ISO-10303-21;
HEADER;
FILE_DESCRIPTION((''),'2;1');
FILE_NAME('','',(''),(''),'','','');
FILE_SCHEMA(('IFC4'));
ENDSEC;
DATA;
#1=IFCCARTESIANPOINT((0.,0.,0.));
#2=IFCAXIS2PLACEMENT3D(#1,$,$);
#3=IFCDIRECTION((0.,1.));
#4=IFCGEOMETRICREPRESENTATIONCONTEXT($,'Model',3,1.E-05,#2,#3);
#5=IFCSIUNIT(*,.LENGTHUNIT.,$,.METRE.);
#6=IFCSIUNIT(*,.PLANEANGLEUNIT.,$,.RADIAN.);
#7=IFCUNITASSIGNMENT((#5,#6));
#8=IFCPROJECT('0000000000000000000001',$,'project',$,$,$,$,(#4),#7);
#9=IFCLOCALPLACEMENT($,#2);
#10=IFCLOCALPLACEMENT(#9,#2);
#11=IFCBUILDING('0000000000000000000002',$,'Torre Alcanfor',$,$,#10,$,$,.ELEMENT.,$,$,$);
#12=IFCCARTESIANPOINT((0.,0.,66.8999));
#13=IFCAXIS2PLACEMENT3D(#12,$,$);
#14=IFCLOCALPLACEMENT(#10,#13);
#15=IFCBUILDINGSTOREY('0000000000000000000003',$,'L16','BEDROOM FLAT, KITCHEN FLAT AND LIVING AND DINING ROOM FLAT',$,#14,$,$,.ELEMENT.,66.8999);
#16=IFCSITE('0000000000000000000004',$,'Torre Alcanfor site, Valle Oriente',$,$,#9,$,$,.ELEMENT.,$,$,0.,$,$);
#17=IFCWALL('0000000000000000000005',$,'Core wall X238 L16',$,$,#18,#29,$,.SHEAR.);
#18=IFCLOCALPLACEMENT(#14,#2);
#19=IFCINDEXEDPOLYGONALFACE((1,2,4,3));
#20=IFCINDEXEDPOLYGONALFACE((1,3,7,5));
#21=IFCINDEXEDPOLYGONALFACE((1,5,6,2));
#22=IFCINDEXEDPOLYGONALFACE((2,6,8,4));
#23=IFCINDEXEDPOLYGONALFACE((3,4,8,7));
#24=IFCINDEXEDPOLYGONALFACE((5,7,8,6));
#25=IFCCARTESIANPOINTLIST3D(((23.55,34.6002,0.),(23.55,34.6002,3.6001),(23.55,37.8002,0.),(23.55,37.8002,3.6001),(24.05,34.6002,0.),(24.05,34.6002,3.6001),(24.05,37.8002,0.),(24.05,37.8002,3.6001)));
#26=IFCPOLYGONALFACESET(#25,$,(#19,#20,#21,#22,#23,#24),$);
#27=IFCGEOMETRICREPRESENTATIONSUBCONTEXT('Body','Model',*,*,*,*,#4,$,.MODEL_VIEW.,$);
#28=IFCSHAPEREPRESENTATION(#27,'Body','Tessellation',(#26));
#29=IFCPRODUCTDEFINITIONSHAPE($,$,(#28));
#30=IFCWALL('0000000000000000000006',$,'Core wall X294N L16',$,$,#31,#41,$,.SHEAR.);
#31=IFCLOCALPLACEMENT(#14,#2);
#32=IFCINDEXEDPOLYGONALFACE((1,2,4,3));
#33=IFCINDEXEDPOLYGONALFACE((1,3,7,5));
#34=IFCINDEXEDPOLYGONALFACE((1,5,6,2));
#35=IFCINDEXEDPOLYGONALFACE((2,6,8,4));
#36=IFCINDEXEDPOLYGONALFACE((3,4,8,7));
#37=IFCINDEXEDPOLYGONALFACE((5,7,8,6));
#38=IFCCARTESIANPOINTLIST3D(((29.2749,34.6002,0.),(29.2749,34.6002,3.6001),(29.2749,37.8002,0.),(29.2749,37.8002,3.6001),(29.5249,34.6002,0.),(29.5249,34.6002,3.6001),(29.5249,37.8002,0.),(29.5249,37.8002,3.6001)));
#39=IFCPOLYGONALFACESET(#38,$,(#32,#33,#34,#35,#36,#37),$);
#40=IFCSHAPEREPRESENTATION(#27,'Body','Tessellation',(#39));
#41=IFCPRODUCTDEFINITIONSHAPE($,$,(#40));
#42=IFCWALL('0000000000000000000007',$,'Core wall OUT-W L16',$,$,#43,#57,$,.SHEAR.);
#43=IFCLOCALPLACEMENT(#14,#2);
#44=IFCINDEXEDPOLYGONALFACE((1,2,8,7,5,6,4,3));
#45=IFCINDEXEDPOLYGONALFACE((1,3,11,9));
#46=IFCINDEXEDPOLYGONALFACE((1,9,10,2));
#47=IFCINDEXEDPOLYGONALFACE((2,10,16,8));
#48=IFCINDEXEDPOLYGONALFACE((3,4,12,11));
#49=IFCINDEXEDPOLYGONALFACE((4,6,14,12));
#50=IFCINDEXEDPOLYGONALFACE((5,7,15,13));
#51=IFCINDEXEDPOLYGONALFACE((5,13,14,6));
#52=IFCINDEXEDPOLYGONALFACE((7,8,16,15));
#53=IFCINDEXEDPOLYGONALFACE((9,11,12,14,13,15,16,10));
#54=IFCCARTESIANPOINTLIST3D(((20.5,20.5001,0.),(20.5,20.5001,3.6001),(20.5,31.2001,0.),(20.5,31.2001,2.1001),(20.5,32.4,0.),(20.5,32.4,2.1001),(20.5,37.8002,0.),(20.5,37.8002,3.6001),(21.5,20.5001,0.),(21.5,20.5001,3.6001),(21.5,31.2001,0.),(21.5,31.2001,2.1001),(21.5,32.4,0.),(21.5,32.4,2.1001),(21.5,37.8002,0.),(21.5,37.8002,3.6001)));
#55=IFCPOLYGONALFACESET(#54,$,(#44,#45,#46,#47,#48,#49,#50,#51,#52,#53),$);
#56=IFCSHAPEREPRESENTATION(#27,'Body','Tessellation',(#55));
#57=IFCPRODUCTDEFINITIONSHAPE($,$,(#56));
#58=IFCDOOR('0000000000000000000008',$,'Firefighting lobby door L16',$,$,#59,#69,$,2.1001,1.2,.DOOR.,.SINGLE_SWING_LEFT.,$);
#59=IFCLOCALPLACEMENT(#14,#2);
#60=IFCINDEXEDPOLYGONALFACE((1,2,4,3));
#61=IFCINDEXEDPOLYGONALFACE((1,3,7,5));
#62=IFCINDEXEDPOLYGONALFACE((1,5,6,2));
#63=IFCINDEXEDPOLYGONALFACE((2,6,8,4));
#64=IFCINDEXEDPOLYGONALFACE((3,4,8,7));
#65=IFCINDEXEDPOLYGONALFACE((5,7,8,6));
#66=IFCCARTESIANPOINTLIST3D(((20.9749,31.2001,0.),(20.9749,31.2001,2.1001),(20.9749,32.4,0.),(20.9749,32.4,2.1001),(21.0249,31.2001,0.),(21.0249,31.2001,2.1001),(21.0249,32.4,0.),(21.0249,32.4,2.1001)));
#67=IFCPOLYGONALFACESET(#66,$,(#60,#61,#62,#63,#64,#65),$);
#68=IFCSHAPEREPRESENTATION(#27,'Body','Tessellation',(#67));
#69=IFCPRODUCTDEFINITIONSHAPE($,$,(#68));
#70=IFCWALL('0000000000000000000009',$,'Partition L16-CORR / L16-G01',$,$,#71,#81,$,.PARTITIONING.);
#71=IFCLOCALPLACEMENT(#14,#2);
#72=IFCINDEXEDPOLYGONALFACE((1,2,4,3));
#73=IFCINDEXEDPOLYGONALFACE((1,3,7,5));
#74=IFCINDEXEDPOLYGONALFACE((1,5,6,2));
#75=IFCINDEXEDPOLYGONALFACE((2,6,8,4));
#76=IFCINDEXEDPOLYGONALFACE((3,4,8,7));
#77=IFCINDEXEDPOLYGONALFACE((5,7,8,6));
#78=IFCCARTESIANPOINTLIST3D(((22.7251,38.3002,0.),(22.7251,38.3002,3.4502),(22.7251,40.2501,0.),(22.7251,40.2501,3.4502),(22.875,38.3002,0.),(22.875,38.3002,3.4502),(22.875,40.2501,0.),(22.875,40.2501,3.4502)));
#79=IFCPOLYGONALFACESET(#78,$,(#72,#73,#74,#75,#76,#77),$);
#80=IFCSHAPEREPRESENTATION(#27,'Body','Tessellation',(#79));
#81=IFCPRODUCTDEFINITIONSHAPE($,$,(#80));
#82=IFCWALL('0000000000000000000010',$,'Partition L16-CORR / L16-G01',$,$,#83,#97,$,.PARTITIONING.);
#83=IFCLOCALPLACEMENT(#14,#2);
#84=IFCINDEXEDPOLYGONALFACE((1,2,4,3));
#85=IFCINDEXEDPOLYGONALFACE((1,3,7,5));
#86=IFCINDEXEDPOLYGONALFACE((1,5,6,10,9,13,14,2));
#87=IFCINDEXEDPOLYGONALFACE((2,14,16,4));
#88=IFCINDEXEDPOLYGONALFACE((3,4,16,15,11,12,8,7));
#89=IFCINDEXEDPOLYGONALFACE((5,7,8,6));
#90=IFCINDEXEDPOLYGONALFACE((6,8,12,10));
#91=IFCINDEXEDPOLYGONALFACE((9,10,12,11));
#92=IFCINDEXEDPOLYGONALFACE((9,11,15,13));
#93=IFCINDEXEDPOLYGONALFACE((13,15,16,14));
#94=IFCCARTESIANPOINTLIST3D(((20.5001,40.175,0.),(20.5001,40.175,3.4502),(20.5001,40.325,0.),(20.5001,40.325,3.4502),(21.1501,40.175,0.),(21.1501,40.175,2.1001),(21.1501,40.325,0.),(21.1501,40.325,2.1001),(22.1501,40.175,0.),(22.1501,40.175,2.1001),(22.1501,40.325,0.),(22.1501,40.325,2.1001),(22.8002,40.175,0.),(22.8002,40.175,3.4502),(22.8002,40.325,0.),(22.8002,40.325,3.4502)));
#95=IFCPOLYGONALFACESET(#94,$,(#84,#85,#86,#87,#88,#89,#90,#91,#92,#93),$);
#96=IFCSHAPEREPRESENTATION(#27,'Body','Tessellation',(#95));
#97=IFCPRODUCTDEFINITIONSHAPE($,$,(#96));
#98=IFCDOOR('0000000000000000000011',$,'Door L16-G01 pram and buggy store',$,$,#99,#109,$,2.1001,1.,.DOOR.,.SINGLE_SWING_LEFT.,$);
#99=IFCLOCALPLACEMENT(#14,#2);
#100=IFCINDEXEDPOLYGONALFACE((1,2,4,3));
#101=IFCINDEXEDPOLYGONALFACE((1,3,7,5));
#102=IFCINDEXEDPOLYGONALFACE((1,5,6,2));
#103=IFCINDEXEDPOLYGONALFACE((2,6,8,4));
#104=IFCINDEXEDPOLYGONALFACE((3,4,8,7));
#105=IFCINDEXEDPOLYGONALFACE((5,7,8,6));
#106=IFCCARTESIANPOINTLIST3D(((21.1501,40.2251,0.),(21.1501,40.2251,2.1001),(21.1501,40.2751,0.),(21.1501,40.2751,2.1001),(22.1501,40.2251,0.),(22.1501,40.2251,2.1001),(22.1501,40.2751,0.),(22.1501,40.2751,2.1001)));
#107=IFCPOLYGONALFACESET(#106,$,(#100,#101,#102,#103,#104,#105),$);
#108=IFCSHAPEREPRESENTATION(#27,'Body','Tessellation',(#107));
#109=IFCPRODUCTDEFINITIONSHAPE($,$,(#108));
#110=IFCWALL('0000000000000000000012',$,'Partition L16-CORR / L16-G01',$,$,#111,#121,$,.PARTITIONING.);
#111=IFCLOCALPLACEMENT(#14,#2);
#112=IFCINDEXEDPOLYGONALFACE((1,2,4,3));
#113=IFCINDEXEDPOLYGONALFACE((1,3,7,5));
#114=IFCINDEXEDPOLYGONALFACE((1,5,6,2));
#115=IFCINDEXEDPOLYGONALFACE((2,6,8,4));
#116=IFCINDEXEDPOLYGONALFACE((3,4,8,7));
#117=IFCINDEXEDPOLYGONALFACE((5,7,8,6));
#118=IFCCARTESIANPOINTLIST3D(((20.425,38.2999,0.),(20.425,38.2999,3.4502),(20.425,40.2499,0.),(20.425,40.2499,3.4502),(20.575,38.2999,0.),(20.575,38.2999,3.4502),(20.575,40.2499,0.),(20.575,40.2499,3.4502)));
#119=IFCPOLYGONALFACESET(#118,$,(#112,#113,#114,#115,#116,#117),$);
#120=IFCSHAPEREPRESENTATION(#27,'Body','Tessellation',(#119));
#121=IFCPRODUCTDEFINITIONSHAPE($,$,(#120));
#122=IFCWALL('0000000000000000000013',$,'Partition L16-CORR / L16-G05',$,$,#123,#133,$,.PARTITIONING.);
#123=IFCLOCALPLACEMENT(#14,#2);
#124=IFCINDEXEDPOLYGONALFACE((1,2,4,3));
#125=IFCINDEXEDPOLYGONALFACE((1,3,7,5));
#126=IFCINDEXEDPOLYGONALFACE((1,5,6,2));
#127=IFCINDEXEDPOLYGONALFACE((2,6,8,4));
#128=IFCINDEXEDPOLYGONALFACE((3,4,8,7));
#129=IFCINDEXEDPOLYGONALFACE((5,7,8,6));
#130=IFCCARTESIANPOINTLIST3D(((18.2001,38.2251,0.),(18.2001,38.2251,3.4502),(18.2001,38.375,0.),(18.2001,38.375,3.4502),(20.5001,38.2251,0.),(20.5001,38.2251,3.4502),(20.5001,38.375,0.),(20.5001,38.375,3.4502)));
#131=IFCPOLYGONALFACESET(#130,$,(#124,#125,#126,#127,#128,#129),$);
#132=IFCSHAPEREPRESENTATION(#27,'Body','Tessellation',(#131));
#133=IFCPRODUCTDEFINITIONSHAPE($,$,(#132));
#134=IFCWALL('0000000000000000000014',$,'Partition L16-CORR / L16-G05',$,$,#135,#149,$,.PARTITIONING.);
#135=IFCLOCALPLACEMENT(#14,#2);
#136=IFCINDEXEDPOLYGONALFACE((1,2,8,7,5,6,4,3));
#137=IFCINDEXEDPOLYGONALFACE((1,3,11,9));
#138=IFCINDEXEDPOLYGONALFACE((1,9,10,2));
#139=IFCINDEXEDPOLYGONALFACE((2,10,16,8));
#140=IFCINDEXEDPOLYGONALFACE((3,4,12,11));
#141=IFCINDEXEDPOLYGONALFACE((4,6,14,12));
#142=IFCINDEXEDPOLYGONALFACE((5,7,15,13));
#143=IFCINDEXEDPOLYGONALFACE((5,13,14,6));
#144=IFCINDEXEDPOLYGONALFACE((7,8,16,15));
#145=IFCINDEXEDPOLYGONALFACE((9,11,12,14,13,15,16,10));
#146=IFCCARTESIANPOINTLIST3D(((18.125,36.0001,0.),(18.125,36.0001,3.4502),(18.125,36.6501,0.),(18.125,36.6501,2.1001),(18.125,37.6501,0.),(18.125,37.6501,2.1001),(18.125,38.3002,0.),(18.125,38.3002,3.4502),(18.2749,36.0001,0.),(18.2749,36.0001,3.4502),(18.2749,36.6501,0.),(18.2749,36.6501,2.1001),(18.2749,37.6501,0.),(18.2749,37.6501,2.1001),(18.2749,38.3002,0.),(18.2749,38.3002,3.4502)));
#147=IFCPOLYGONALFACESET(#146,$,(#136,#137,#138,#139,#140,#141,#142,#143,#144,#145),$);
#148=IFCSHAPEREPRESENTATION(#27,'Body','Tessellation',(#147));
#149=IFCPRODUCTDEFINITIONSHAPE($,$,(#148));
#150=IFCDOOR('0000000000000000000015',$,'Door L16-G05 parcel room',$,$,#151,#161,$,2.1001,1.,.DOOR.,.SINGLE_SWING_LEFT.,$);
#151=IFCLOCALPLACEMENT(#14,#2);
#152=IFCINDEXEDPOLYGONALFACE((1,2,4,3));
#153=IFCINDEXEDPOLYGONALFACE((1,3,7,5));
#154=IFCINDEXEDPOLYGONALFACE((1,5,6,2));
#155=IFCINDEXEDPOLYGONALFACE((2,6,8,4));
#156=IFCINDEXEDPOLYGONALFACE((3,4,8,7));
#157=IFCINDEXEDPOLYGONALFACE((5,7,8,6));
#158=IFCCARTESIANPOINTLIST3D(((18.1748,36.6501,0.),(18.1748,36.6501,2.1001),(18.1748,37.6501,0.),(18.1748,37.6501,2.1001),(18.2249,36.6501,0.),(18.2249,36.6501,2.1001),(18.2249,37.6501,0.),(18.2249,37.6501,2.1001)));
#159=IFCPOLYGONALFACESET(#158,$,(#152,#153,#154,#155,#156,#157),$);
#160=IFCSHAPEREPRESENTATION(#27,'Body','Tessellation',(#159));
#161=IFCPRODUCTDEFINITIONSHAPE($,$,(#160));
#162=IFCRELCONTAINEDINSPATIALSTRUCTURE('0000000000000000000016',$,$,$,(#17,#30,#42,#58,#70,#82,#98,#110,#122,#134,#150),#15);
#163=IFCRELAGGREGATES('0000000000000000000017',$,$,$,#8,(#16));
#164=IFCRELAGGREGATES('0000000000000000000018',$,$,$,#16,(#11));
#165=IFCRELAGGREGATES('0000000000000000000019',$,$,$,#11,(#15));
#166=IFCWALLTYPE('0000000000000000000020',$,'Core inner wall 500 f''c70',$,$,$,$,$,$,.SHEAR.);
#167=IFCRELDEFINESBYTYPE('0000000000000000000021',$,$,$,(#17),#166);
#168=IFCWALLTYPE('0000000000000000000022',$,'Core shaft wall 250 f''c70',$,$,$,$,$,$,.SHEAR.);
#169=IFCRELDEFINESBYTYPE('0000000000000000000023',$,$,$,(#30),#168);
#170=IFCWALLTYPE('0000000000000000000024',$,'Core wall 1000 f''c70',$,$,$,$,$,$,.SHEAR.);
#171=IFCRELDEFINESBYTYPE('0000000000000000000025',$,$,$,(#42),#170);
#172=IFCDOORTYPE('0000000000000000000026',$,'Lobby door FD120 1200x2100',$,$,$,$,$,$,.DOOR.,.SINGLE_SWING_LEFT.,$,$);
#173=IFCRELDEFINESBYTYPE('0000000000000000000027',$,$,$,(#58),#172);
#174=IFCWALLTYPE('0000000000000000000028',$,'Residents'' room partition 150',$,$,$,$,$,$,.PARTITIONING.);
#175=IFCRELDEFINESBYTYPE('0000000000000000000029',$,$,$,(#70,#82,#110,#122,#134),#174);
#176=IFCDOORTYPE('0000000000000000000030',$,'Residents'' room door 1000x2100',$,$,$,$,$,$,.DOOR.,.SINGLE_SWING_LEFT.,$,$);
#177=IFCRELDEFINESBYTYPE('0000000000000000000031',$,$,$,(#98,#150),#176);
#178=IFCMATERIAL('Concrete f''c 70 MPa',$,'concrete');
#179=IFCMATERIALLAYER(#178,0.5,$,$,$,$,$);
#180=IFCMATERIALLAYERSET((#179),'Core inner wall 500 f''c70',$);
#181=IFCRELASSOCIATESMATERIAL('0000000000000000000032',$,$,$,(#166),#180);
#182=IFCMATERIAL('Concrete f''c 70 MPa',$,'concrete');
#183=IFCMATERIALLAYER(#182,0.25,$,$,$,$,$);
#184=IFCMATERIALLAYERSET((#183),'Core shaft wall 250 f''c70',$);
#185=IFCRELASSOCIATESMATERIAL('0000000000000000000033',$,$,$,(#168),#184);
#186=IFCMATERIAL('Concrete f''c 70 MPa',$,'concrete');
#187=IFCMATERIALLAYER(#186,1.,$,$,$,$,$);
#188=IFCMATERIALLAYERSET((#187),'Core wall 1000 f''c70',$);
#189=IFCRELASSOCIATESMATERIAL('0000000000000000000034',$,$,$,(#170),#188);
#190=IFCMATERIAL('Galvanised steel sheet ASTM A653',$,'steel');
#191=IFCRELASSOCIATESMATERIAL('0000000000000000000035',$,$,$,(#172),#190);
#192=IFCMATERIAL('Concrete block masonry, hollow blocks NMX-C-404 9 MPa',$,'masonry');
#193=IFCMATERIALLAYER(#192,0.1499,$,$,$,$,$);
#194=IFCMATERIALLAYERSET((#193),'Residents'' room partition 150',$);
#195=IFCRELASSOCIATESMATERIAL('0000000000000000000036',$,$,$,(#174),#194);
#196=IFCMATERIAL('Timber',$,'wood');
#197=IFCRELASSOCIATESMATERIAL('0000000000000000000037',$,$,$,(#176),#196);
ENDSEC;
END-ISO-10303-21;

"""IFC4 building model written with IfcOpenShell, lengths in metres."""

from ifc_helpers import new_model, si_unit, direction, frame, frame_2d, origin, place, context, subcontext, project, spatial, rectangle, extrude, material, layer, layer_set, type_object, element, fill, save


model = new_model("IFC4")

# Units and contexts
model_context = context("Model", 3, precision=1e-05, world=origin(), true_north=direction((0.0, 1.0)))
body_context = subcontext(model_context, "Body", "Model", "MODEL_VIEW")
ifc_project = project(units=[si_unit("LENGTHUNIT", "METRE"), si_unit("PLANEANGLEUNIT", "RADIAN")], contexts=[model_context])

# Site, building, storey
site_placement = place(None, origin())
site = spatial("IfcSite", under=ifc_project, at=site_placement, Name="Torre Alcanfor site, Valle Oriente", CompositionType="ELEMENT", RefElevation=0.0)
building_placement = place(site_placement, origin())
building = spatial("IfcBuilding", under=site, at=building_placement, Name="Torre Alcanfor", CompositionType="ELEMENT")
storey_placement = place(building_placement, frame((0.0, 0.0, 66.8999)))
storey = spatial("IfcBuildingStorey", under=building, at=storey_placement, Name="L16", Description="BEDROOM FLAT, KITCHEN FLAT AND LIVING AND DINING ROOM FLAT", CompositionType="ELEMENT", Elevation=66.8999)

# Shared definitions
ifc_material_1 = material(Name="Concrete f'c 70 MPa", Category="concrete")
ifc_layer_1 = layer(ifc_material_1, 0.5)
ifc_layer_set_1 = layer_set([ifc_layer_1], Name="Core inner wall 500 f'c70")
wall_type_1 = type_object("IfcWallType", Name="Core inner wall 500 f'c70", PredefinedType="SHEAR", material=ifc_layer_set_1)

# Walls
wall_1_placement = place(storey_placement, frame((23.8, 34.6001, 0.0), z_axis=(0.0, 0.0, 1.0), x_axis=(0.0, 1.0, 0.0)))
element("IfcWall", 1, at=wall_1_placement, inside=storey, type_object=wall_type_1, Name="Core wall X238 L16", PredefinedType="SHEAR", context=body_context, shape_type="SweptSolid", body=[
    extrude(rectangle(XDim=3.2, YDim=0.5, at=frame_2d((1.6001, 0.0))), origin(), (0.0, 0.0, 1.0), 3.6001),
])
ifc_material_2 = material(Name="Concrete f'c 70 MPa", Category="concrete")
ifc_layer_2 = layer(ifc_material_2, 0.25)
ifc_layer_set_2 = layer_set([ifc_layer_2], Name="Core shaft wall 250 f'c70")
wall_type_2 = type_object("IfcWallType", Name="Core shaft wall 250 f'c70", PredefinedType="SHEAR", material=ifc_layer_set_2)
wall_2_placement = place(storey_placement, frame((29.3999, 34.6001, 0.0), z_axis=(0.0, 0.0, 1.0), x_axis=(0.0, 1.0, 0.0)))
element("IfcWall", 2, at=wall_2_placement, inside=storey, type_object=wall_type_2, Name="Core wall X294N L16", PredefinedType="SHEAR", context=body_context, shape_type="SweptSolid", body=[
    extrude(rectangle(XDim=3.2, YDim=0.25, at=frame_2d((1.6001, 0.0))), origin(), (0.0, 0.0, 1.0), 3.6001),
])

# Wall, opening, door
ifc_material_3 = material(Name="Concrete f'c 70 MPa", Category="concrete")
ifc_layer_3 = layer(ifc_material_3, 1.0)
ifc_layer_set_3 = layer_set([ifc_layer_3], Name="Core wall 1000 f'c70")
wall_type_3 = type_object("IfcWallType", Name="Core wall 1000 f'c70", PredefinedType="SHEAR", material=ifc_layer_set_3)
wall_3_placement = place(storey_placement, frame((21.0, 37.8, 0.0), z_axis=(0.0, 0.0, 1.0), x_axis=(0.0, -1.0, 0.0)))
wall_3 = element("IfcWall", 3, at=wall_3_placement, inside=storey, type_object=wall_type_3, Name="Core wall OUT-W L16", PredefinedType="SHEAR", context=body_context, shape_type="SweptSolid", body=[
    extrude(rectangle(XDim=17.3, YDim=1.0, at=frame_2d((8.6499, 0.0))), origin(), (0.0, 0.0, 1.0), 3.6001),
])
opening_1_placement = place(wall_3_placement, frame((5.3999, 0.0, 0.0)))
opening_1 = element("IfcOpeningElement", 4, at=opening_1_placement, cuts=wall_3, PredefinedType="OPENING", context=body_context, shape_type="SweptSolid", body=[
    extrude(rectangle(XDim=1.2, YDim=2.1001, at=frame_2d((0.6001, 1.05))), frame((0.0, 0.51, 0.0), z_axis=(0.0, -1.0, 0.0), x_axis=(1.0, 0.0, 0.0)), (0.0, 0.0, 1.0), 1.02),
])
ifc_material_4 = material(Name="Galvanised steel sheet ASTM A653", Category="steel")
door_type_1 = type_object("IfcDoorType", Name="Lobby door FD120 1200x2100", OperationType="SINGLE_SWING_LEFT", PredefinedType="DOOR", material=ifc_material_4)
door_1_placement = place(opening_1_placement, origin())
door_1 = element("IfcDoor", 5, at=door_1_placement, inside=storey, type_object=door_type_1, Name="Firefighting lobby door L16", OperationType="SINGLE_SWING_LEFT", OverallHeight=2.1001, OverallWidth=1.2, PredefinedType="DOOR", context=body_context, shape_type="SweptSolid", body=[
    extrude(rectangle(XDim=1.2, YDim=2.1001, at=frame_2d((0.6001, 1.05))), frame((0.0, 0.0249, 0.0), z_axis=(0.0, -1.0, 0.0), x_axis=(1.0, 0.0, 0.0)), (0.0, 0.0, 1.0), 0.05),
])
fill(opening_1, door_1)

# Wall
ifc_material_5 = material(Name="Concrete block masonry, hollow blocks NMX-C-404 9 MPa", Category="masonry")
ifc_layer_4 = layer(ifc_material_5, 0.1499)
ifc_layer_set_4 = layer_set([ifc_layer_4], Name="Residents' room partition 150")
wall_type_4 = type_object("IfcWallType", Name="Residents' room partition 150", PredefinedType="PARTITIONING", material=ifc_layer_set_4)
wall_4_placement = place(storey_placement, frame((22.8, 38.3, 0.0), z_axis=(0.0, 0.0, 1.0), x_axis=(0.0, 1.0, 0.0)))
element("IfcWall", 6, at=wall_4_placement, inside=storey, type_object=wall_type_4, Name="Partition L16-CORR / L16-G01", PredefinedType="PARTITIONING", context=body_context, shape_type="SweptSolid", body=[
    extrude(rectangle(XDim=1.95, YDim=0.1499, at=frame_2d((0.9751, 0.0))), origin(), (0.0, 0.0, 1.0), 3.4502),
])

# Wall, opening, door
wall_5_placement = place(storey_placement, frame((22.8, 40.25, 0.0), z_axis=(0.0, 0.0, 1.0), x_axis=(-1.0, 0.0, 0.0)))
wall_5 = element("IfcWall", 7, at=wall_5_placement, inside=storey, type_object=wall_type_4, Name="Partition L16-CORR / L16-G01", PredefinedType="PARTITIONING", context=body_context, shape_type="SweptSolid", body=[
    extrude(rectangle(XDim=2.3, YDim=0.1499, at=frame_2d((1.1499, 0.0))), origin(), (0.0, 0.0, 1.0), 3.4502),
])
opening_2_placement = place(wall_5_placement, frame((0.6499, 0.0, 0.0)))
opening_2 = element("IfcOpeningElement", 8, at=opening_2_placement, cuts=wall_5, PredefinedType="OPENING", context=body_context, shape_type="SweptSolid", body=[
    extrude(rectangle(XDim=1.0, YDim=2.1001, at=frame_2d((0.5, 1.05))), frame((0.0, 0.085, 0.0), z_axis=(0.0, -1.0, 0.0), x_axis=(1.0, 0.0, 0.0)), (0.0, 0.0, 1.0), 0.1699),
])
ifc_material_6 = material(Name="Timber", Category="wood")
door_type_2 = type_object("IfcDoorType", Name="Residents' room door 1000x2100", OperationType="SINGLE_SWING_LEFT", PredefinedType="DOOR", material=ifc_material_6)
door_2_placement = place(opening_2_placement, origin())
door_2 = element("IfcDoor", 9, at=door_2_placement, inside=storey, type_object=door_type_2, Name="Door L16-G01 pram and buggy store", OperationType="SINGLE_SWING_LEFT", OverallHeight=2.1001, OverallWidth=1.0, PredefinedType="DOOR", context=body_context, shape_type="SweptSolid", body=[
    extrude(rectangle(XDim=1.0, YDim=2.1001, at=frame_2d((0.5, 1.05))), frame((0.0, 0.0249, 0.0), z_axis=(0.0, -1.0, 0.0), x_axis=(1.0, 0.0, 0.0)), (0.0, 0.0, 1.0), 0.05),
])
fill(opening_2, door_2)

# Walls
wall_6_placement = place(storey_placement, frame((20.5, 40.25, 0.0), z_axis=(0.0, 0.0, 1.0), x_axis=(0.0, -1.0, 0.0)))
element("IfcWall", 10, at=wall_6_placement, inside=storey, type_object=wall_type_4, Name="Partition L16-CORR / L16-G01", PredefinedType="PARTITIONING", context=body_context, shape_type="SweptSolid", body=[
    extrude(rectangle(XDim=1.95, YDim=0.1499, at=frame_2d((0.9751, 0.0))), origin(), (0.0, 0.0, 1.0), 3.4502),
])
wall_7_placement = place(storey_placement, frame((20.5, 38.3, 0.0), z_axis=(0.0, 0.0, 1.0), x_axis=(-1.0, 0.0, 0.0)))
element("IfcWall", 11, at=wall_7_placement, inside=storey, type_object=wall_type_4, Name="Partition L16-CORR / L16-G05", PredefinedType="PARTITIONING", context=body_context, shape_type="SweptSolid", body=[
    extrude(rectangle(XDim=2.3, YDim=0.1499, at=frame_2d((1.1499, 0.0))), origin(), (0.0, 0.0, 1.0), 3.4502),
])

# Wall, opening, door
wall_8_placement = place(storey_placement, frame((18.2, 38.3, 0.0), z_axis=(0.0, 0.0, 1.0), x_axis=(0.0, -1.0, 0.0)))
wall_8 = element("IfcWall", 12, at=wall_8_placement, inside=storey, type_object=wall_type_4, Name="Partition L16-CORR / L16-G05", PredefinedType="PARTITIONING", context=body_context, shape_type="SweptSolid", body=[
    extrude(rectangle(XDim=2.3, YDim=0.1499, at=frame_2d((1.1499, 0.0))), origin(), (0.0, 0.0, 1.0), 3.4502),
])
opening_3_placement = place(wall_8_placement, frame((0.6499, 0.0, 0.0)))
opening_3 = element("IfcOpeningElement", 13, at=opening_3_placement, cuts=wall_8, PredefinedType="OPENING", context=body_context, shape_type="SweptSolid", body=[
    extrude(rectangle(XDim=1.0, YDim=2.1001, at=frame_2d((0.5, 1.05))), frame((0.0, 0.085, 0.0), z_axis=(0.0, -1.0, 0.0), x_axis=(1.0, 0.0, 0.0)), (0.0, 0.0, 1.0), 0.1699),
])
door_3_placement = place(opening_3_placement, origin())
door_3 = element("IfcDoor", 14, at=door_3_placement, inside=storey, type_object=door_type_2, Name="Door L16-G05 parcel room", OperationType="SINGLE_SWING_LEFT", OverallHeight=2.1001, OverallWidth=1.0, PredefinedType="DOOR", context=body_context, shape_type="SweptSolid", body=[
    extrude(rectangle(XDim=1.0, YDim=2.1001, at=frame_2d((0.5, 1.05))), frame((0.0, 0.0249, 0.0), z_axis=(0.0, -1.0, 0.0), x_axis=(1.0, 0.0, 0.0)), (0.0, 0.0, 1.0), 0.05),
])
fill(opening_3, door_3)

save(model, "model.ifc")
